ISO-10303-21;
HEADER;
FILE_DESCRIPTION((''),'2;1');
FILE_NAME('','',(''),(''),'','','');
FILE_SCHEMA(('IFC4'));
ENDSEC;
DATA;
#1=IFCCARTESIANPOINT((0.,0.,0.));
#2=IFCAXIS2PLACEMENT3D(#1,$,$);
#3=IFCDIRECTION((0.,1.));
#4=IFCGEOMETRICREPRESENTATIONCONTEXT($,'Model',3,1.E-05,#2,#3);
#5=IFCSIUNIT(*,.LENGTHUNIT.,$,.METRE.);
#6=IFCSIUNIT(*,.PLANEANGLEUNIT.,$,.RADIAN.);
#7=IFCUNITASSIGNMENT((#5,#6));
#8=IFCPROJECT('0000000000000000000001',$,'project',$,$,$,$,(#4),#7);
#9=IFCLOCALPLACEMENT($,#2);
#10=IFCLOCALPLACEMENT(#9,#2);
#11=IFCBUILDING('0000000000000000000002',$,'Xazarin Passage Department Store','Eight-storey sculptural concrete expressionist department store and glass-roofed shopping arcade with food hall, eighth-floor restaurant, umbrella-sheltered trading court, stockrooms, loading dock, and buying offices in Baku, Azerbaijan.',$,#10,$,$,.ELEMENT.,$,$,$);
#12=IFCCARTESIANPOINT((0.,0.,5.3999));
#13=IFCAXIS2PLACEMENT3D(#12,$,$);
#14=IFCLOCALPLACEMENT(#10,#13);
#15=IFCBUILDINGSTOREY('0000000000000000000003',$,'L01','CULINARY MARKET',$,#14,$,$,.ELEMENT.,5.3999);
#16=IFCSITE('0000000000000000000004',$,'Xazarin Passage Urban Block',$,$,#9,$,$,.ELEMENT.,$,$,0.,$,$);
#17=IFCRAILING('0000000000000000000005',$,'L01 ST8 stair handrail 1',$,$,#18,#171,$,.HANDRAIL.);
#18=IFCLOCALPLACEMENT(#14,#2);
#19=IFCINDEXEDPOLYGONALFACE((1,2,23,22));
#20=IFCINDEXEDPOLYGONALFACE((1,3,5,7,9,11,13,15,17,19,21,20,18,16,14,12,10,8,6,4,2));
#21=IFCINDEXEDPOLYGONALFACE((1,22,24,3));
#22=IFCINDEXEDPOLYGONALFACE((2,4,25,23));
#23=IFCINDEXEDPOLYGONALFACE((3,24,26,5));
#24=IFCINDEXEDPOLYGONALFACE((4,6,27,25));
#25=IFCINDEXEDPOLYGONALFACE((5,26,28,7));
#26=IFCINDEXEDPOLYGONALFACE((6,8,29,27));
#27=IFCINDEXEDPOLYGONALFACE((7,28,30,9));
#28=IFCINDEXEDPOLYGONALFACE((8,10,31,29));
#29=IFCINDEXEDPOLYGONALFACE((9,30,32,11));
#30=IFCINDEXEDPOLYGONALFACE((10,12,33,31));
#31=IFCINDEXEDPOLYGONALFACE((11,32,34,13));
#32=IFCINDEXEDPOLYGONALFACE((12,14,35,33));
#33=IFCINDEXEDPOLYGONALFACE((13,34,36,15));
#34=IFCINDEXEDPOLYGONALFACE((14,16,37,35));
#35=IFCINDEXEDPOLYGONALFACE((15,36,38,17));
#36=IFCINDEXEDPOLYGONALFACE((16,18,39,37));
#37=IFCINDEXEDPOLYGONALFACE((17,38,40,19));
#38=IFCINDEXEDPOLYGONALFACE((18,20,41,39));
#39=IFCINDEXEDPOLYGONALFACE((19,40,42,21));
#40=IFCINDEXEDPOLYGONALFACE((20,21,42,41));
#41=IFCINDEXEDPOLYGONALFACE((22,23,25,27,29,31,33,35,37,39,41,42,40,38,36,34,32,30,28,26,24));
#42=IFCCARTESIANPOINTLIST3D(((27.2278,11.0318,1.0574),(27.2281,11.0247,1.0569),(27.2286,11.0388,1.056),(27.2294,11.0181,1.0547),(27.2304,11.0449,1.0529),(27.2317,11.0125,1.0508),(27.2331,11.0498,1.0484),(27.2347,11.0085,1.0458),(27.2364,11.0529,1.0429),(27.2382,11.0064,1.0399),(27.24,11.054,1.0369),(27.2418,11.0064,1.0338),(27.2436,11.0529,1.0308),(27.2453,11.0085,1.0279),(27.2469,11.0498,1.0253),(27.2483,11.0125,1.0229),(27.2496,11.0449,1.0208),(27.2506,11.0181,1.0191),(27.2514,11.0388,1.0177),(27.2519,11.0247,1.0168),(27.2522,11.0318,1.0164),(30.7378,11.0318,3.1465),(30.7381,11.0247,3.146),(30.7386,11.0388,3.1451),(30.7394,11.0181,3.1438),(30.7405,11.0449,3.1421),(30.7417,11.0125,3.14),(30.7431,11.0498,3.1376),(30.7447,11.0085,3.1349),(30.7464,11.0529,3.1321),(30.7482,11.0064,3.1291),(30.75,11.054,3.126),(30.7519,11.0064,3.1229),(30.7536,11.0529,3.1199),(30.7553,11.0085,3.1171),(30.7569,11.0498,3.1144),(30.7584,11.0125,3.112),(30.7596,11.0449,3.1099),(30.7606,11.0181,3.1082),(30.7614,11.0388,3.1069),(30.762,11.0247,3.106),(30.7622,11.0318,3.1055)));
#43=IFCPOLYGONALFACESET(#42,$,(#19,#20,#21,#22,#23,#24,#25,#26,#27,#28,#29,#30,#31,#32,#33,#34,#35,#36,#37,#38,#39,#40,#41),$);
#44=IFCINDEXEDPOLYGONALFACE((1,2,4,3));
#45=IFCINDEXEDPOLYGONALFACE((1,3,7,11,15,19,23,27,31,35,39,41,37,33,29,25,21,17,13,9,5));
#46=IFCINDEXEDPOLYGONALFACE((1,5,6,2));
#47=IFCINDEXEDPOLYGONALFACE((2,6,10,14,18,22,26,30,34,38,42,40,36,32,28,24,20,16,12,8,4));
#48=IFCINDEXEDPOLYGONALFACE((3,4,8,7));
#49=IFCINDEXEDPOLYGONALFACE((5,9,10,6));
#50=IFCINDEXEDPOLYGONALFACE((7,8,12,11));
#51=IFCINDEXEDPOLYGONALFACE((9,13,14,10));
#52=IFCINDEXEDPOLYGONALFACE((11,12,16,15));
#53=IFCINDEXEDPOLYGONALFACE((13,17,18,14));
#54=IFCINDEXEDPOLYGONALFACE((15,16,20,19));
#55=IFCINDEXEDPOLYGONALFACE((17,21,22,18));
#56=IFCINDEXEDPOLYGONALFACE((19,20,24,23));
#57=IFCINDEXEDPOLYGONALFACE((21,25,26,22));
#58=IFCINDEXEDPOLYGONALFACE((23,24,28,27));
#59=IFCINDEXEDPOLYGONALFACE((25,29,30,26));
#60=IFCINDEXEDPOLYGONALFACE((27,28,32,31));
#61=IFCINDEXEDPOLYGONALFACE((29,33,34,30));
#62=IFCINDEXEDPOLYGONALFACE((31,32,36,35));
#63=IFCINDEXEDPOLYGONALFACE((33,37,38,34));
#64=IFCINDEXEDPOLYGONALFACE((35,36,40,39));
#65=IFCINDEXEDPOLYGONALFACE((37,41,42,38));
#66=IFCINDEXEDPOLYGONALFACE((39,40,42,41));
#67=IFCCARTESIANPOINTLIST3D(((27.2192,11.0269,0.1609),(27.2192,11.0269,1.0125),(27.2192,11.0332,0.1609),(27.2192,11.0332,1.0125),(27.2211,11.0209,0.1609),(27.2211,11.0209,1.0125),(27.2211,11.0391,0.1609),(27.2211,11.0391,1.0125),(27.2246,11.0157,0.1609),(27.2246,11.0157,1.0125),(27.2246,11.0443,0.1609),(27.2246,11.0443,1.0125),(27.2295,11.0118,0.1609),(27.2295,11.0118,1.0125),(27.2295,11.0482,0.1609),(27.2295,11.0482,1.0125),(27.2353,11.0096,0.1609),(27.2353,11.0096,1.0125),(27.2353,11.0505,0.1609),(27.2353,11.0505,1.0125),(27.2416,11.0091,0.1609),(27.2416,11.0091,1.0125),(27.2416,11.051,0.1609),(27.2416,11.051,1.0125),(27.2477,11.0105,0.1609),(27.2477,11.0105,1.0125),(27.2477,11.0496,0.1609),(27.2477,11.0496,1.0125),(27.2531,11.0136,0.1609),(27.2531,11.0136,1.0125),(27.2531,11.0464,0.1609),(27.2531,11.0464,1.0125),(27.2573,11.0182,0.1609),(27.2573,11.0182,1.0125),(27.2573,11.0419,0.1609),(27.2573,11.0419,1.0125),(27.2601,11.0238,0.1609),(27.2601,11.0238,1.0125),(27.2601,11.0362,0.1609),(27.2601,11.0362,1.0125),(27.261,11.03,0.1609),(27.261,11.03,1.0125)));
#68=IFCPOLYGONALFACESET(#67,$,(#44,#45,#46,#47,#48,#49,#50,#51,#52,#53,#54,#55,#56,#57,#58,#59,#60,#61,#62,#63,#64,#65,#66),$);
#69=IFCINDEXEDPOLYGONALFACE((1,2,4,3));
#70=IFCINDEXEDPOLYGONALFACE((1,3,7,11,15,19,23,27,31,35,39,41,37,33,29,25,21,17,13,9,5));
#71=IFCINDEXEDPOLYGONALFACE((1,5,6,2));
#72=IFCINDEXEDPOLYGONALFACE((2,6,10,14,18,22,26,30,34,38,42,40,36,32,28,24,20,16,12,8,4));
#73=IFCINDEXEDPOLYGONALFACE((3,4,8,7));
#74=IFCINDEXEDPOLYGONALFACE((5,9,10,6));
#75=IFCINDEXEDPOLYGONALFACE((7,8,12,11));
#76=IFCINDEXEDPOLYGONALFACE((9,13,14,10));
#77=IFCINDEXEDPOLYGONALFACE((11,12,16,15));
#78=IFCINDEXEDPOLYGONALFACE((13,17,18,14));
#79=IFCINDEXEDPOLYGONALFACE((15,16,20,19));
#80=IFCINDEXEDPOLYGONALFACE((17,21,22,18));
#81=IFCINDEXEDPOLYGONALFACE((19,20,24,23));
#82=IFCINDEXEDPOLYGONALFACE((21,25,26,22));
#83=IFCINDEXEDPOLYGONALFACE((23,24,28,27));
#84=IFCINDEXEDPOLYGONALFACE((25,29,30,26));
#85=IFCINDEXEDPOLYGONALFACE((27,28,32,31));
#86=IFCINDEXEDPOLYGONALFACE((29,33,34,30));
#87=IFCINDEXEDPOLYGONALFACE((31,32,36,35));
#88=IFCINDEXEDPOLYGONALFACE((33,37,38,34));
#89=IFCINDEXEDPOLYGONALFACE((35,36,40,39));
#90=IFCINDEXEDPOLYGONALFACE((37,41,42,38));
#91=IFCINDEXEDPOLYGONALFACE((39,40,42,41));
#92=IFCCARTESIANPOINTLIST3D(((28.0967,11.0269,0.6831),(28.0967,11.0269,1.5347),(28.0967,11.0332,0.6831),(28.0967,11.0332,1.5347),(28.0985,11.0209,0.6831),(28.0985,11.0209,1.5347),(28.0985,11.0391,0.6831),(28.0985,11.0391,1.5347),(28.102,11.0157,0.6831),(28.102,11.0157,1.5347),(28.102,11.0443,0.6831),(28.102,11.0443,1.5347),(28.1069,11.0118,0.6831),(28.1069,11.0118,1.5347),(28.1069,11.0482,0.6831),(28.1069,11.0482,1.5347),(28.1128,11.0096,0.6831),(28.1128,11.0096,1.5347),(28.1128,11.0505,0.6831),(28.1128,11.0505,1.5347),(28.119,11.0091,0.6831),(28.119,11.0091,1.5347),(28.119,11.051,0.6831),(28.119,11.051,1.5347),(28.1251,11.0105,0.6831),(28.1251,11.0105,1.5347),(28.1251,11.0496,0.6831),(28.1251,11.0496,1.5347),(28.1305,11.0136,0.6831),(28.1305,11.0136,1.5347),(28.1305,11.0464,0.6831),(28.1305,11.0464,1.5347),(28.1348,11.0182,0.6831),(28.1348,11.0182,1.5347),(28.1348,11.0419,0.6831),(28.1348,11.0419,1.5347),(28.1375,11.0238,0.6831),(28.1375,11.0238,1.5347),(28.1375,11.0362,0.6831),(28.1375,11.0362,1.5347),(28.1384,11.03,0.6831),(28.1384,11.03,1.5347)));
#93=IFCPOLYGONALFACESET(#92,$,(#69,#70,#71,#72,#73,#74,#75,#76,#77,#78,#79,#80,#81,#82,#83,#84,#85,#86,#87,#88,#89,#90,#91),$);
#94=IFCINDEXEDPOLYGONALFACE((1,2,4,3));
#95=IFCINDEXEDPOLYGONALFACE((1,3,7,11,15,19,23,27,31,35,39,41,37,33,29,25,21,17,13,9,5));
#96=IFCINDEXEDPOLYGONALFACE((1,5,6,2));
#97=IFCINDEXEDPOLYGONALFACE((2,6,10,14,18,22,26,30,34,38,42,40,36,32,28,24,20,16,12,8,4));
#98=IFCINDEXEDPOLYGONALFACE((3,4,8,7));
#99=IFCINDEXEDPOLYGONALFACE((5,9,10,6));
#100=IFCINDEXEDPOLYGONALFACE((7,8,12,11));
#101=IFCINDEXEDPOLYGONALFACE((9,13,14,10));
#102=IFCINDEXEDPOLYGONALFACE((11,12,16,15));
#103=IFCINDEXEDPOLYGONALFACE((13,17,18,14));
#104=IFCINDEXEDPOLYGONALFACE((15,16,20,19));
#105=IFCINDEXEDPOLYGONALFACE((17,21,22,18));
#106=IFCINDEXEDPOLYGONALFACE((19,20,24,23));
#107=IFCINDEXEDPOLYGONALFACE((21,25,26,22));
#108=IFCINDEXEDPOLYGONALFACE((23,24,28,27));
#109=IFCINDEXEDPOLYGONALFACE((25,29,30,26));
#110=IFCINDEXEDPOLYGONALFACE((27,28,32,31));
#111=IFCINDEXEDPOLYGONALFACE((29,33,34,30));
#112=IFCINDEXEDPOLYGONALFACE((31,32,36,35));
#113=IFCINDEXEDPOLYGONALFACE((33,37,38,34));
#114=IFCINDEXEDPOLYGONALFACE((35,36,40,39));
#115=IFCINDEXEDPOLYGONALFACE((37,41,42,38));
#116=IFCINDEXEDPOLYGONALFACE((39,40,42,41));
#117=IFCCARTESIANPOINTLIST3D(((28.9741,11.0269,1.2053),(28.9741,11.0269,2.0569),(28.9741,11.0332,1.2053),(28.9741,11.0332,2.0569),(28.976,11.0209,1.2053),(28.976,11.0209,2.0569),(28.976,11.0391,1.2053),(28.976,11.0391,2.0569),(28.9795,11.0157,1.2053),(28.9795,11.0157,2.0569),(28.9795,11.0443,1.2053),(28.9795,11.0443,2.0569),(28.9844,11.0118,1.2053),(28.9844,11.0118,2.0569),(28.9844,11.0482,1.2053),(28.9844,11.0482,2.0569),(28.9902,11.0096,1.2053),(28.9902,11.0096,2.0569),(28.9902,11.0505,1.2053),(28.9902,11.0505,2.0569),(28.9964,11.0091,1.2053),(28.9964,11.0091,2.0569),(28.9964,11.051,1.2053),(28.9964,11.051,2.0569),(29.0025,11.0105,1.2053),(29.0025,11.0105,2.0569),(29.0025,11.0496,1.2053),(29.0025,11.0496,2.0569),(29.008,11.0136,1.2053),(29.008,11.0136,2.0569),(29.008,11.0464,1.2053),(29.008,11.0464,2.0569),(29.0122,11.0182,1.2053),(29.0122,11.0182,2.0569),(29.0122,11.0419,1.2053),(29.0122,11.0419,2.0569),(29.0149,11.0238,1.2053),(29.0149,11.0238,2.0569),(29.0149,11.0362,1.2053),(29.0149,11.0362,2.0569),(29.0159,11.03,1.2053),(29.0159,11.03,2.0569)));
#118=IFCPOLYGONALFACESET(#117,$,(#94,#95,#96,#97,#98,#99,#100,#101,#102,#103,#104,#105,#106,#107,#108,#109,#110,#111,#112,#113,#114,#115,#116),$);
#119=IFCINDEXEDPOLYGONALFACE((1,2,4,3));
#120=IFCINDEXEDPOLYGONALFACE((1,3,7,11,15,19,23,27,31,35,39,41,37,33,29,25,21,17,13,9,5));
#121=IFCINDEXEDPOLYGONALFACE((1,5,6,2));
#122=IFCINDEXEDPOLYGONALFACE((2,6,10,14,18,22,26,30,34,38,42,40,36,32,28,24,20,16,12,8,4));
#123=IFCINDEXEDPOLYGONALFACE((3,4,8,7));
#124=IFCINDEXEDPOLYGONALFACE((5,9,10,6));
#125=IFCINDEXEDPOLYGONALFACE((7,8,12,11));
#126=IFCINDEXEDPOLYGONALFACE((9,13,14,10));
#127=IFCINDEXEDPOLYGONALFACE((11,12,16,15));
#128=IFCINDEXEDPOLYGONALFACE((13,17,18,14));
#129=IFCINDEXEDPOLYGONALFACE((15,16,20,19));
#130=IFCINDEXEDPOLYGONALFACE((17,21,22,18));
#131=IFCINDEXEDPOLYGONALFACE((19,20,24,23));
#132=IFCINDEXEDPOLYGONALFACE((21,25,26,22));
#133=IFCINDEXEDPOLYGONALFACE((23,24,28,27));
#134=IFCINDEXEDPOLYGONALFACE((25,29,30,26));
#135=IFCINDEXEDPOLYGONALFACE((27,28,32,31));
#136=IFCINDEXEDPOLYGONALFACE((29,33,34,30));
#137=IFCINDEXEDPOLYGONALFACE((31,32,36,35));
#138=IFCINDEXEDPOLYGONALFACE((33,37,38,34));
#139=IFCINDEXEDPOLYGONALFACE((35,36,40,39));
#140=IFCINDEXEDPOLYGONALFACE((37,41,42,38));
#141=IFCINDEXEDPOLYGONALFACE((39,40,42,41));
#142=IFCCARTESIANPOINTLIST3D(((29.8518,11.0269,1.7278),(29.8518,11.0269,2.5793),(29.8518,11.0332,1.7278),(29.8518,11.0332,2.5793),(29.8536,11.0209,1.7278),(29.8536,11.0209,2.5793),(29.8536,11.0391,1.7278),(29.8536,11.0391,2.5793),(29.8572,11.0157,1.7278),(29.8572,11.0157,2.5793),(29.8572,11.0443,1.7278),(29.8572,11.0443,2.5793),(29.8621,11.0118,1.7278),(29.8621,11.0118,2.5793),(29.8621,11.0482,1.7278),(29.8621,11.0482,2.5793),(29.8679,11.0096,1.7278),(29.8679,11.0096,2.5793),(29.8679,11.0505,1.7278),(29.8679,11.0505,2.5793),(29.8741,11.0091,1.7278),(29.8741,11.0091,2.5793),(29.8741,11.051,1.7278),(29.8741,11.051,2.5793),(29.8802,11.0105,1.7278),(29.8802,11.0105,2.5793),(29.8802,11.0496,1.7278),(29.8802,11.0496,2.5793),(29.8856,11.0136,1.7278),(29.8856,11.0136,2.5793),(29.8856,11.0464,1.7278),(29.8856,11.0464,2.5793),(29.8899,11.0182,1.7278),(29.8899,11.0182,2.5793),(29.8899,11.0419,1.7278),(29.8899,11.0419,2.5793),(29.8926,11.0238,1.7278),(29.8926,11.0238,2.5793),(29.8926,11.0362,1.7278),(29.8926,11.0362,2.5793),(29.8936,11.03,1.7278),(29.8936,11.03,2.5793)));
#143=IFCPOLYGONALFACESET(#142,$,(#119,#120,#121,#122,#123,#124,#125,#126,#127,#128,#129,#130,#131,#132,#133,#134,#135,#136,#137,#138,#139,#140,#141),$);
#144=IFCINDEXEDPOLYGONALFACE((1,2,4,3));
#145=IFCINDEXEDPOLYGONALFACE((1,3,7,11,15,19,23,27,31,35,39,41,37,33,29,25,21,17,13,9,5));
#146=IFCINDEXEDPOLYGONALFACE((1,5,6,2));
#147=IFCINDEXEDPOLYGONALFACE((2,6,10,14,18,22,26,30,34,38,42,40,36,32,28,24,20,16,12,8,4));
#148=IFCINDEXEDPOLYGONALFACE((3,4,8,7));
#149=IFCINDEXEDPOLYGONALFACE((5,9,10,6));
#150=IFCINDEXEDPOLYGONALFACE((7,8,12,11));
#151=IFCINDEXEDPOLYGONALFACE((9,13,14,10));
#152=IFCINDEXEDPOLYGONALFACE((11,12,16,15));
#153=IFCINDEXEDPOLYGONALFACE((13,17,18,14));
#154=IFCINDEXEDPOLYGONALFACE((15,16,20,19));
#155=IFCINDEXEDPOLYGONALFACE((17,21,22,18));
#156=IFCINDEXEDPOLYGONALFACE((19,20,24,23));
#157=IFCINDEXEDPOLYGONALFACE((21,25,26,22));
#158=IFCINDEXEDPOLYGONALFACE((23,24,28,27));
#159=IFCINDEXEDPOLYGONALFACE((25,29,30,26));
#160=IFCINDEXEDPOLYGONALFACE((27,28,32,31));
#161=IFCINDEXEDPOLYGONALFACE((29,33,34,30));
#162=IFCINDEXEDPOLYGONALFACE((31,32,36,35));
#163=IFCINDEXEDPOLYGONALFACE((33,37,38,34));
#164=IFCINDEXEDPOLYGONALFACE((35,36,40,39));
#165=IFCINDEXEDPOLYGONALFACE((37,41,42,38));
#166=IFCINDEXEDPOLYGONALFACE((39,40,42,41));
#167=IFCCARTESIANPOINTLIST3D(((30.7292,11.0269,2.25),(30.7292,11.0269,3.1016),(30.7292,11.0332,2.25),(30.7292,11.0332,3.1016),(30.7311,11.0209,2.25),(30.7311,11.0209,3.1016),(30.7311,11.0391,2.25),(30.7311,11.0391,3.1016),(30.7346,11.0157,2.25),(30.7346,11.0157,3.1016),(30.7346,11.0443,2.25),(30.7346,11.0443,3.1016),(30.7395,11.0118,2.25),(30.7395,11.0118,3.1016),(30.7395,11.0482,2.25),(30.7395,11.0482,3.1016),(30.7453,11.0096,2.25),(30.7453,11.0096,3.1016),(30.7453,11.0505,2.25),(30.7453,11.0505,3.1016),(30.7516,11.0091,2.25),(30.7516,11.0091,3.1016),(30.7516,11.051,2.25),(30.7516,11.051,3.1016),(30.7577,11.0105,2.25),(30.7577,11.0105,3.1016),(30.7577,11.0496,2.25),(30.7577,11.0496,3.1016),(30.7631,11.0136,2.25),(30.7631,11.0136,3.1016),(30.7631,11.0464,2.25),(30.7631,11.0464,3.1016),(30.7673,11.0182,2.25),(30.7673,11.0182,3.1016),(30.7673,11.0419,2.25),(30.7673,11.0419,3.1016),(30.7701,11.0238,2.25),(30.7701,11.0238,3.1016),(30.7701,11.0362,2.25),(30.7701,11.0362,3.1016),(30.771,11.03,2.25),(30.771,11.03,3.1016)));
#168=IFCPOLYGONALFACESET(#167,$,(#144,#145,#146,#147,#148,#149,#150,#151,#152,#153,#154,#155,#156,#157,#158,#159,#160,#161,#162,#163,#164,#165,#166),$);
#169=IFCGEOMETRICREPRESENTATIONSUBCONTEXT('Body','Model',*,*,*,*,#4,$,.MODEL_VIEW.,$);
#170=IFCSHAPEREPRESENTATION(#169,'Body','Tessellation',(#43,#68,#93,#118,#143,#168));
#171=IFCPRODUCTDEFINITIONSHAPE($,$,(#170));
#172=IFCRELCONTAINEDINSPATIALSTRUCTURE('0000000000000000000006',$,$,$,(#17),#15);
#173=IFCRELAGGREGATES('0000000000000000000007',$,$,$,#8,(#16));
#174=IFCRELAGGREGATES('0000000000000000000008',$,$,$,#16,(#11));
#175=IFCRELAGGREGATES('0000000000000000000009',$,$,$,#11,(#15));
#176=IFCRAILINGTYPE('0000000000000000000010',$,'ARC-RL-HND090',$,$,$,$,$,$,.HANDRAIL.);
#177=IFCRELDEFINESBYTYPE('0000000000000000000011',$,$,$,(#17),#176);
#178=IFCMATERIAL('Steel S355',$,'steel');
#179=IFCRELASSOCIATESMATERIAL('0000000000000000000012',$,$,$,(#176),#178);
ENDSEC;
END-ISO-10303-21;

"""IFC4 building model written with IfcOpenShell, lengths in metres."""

from ifc_helpers import new_model, si_unit, direction, frame, origin, origin_2d, place, context, subcontext, project, spatial, circle, extrude, material, type_object, element, save


model = new_model("IFC4")

# Units and contexts
model_context = context("Model", 3, precision=1e-05, world=origin(), true_north=direction((0.0, 1.0)))
body_context = subcontext(model_context, "Body", "Model", "MODEL_VIEW")
ifc_project = project(units=[si_unit("LENGTHUNIT", "METRE"), si_unit("PLANEANGLEUNIT", "RADIAN")], contexts=[model_context])

# Site, building, storey
site_placement = place(None, origin())
site = spatial("IfcSite", under=ifc_project, at=site_placement, Name="Xazarin Passage Urban Block", CompositionType="ELEMENT", RefElevation=0.0)
building_placement = place(site_placement, origin())
building = spatial("IfcBuilding", under=site, at=building_placement, Name="Xazarin Passage Department Store", Description="Eight-storey sculptural concrete expressionist department store and glass-roofed shopping arcade with food hall, eighth-floor restaurant, umbrella-sheltered trading court, stockrooms, loading dock, and buying offices in Baku, Azerbaijan.", CompositionType="ELEMENT")
storey_placement = place(building_placement, frame((0.0, 0.0, 5.3999)))
storey = spatial("IfcBuildingStorey", under=building, at=storey_placement, Name="L01", Description="CULINARY MARKET", CompositionType="ELEMENT", Elevation=5.3999)

# Shared definitions
ifc_material_1 = material(Name="Steel S355", Category="steel")

# Railing
railing_type_1 = type_object("IfcRailingType", Name="ARC-RL-HND090", PredefinedType="HANDRAIL", material=ifc_material_1)
railing_1_placement = place(storey_placement, frame((27.24, 11.03, 0.1609)))
element("IfcRailing", 1, at=railing_1_placement, inside=storey, type_object=railing_type_1, Name="L01 ST8 stair handrail 1", PredefinedType="HANDRAIL", context=body_context, shape_type="SweptSolid", body=[
    extrude(circle(Radius=0.0239, at=origin_2d()), frame((0.0, 0.0, 0.876), z_axis=(0.859312, 0.0, 0.511451), x_axis=(0.0, 1.0, 0.0)), (0.0, 0.0, 1.0), 4.0847),
    extrude(circle(Radius=0.021, at=origin_2d()), origin(), (0.0, 0.0, 1.0), 0.8516),
    extrude(circle(Radius=0.021, at=origin_2d()), frame((0.8774, 0.0, 0.5222)), (0.0, 0.0, 1.0), 0.8516),
    extrude(circle(Radius=0.021, at=origin_2d()), frame((1.7549, 0.0, 1.0444)), (0.0, 0.0, 1.0), 0.8516),
    extrude(circle(Radius=0.021, at=origin_2d()), frame((2.6326, 0.0, 1.5669)), (0.0, 0.0, 1.0), 0.8516),
    extrude(circle(Radius=0.021, at=origin_2d()), frame((3.51, 0.0, 2.0891)), (0.0, 0.0, 1.0), 0.8516),
])

save(model, "model.ifc")
